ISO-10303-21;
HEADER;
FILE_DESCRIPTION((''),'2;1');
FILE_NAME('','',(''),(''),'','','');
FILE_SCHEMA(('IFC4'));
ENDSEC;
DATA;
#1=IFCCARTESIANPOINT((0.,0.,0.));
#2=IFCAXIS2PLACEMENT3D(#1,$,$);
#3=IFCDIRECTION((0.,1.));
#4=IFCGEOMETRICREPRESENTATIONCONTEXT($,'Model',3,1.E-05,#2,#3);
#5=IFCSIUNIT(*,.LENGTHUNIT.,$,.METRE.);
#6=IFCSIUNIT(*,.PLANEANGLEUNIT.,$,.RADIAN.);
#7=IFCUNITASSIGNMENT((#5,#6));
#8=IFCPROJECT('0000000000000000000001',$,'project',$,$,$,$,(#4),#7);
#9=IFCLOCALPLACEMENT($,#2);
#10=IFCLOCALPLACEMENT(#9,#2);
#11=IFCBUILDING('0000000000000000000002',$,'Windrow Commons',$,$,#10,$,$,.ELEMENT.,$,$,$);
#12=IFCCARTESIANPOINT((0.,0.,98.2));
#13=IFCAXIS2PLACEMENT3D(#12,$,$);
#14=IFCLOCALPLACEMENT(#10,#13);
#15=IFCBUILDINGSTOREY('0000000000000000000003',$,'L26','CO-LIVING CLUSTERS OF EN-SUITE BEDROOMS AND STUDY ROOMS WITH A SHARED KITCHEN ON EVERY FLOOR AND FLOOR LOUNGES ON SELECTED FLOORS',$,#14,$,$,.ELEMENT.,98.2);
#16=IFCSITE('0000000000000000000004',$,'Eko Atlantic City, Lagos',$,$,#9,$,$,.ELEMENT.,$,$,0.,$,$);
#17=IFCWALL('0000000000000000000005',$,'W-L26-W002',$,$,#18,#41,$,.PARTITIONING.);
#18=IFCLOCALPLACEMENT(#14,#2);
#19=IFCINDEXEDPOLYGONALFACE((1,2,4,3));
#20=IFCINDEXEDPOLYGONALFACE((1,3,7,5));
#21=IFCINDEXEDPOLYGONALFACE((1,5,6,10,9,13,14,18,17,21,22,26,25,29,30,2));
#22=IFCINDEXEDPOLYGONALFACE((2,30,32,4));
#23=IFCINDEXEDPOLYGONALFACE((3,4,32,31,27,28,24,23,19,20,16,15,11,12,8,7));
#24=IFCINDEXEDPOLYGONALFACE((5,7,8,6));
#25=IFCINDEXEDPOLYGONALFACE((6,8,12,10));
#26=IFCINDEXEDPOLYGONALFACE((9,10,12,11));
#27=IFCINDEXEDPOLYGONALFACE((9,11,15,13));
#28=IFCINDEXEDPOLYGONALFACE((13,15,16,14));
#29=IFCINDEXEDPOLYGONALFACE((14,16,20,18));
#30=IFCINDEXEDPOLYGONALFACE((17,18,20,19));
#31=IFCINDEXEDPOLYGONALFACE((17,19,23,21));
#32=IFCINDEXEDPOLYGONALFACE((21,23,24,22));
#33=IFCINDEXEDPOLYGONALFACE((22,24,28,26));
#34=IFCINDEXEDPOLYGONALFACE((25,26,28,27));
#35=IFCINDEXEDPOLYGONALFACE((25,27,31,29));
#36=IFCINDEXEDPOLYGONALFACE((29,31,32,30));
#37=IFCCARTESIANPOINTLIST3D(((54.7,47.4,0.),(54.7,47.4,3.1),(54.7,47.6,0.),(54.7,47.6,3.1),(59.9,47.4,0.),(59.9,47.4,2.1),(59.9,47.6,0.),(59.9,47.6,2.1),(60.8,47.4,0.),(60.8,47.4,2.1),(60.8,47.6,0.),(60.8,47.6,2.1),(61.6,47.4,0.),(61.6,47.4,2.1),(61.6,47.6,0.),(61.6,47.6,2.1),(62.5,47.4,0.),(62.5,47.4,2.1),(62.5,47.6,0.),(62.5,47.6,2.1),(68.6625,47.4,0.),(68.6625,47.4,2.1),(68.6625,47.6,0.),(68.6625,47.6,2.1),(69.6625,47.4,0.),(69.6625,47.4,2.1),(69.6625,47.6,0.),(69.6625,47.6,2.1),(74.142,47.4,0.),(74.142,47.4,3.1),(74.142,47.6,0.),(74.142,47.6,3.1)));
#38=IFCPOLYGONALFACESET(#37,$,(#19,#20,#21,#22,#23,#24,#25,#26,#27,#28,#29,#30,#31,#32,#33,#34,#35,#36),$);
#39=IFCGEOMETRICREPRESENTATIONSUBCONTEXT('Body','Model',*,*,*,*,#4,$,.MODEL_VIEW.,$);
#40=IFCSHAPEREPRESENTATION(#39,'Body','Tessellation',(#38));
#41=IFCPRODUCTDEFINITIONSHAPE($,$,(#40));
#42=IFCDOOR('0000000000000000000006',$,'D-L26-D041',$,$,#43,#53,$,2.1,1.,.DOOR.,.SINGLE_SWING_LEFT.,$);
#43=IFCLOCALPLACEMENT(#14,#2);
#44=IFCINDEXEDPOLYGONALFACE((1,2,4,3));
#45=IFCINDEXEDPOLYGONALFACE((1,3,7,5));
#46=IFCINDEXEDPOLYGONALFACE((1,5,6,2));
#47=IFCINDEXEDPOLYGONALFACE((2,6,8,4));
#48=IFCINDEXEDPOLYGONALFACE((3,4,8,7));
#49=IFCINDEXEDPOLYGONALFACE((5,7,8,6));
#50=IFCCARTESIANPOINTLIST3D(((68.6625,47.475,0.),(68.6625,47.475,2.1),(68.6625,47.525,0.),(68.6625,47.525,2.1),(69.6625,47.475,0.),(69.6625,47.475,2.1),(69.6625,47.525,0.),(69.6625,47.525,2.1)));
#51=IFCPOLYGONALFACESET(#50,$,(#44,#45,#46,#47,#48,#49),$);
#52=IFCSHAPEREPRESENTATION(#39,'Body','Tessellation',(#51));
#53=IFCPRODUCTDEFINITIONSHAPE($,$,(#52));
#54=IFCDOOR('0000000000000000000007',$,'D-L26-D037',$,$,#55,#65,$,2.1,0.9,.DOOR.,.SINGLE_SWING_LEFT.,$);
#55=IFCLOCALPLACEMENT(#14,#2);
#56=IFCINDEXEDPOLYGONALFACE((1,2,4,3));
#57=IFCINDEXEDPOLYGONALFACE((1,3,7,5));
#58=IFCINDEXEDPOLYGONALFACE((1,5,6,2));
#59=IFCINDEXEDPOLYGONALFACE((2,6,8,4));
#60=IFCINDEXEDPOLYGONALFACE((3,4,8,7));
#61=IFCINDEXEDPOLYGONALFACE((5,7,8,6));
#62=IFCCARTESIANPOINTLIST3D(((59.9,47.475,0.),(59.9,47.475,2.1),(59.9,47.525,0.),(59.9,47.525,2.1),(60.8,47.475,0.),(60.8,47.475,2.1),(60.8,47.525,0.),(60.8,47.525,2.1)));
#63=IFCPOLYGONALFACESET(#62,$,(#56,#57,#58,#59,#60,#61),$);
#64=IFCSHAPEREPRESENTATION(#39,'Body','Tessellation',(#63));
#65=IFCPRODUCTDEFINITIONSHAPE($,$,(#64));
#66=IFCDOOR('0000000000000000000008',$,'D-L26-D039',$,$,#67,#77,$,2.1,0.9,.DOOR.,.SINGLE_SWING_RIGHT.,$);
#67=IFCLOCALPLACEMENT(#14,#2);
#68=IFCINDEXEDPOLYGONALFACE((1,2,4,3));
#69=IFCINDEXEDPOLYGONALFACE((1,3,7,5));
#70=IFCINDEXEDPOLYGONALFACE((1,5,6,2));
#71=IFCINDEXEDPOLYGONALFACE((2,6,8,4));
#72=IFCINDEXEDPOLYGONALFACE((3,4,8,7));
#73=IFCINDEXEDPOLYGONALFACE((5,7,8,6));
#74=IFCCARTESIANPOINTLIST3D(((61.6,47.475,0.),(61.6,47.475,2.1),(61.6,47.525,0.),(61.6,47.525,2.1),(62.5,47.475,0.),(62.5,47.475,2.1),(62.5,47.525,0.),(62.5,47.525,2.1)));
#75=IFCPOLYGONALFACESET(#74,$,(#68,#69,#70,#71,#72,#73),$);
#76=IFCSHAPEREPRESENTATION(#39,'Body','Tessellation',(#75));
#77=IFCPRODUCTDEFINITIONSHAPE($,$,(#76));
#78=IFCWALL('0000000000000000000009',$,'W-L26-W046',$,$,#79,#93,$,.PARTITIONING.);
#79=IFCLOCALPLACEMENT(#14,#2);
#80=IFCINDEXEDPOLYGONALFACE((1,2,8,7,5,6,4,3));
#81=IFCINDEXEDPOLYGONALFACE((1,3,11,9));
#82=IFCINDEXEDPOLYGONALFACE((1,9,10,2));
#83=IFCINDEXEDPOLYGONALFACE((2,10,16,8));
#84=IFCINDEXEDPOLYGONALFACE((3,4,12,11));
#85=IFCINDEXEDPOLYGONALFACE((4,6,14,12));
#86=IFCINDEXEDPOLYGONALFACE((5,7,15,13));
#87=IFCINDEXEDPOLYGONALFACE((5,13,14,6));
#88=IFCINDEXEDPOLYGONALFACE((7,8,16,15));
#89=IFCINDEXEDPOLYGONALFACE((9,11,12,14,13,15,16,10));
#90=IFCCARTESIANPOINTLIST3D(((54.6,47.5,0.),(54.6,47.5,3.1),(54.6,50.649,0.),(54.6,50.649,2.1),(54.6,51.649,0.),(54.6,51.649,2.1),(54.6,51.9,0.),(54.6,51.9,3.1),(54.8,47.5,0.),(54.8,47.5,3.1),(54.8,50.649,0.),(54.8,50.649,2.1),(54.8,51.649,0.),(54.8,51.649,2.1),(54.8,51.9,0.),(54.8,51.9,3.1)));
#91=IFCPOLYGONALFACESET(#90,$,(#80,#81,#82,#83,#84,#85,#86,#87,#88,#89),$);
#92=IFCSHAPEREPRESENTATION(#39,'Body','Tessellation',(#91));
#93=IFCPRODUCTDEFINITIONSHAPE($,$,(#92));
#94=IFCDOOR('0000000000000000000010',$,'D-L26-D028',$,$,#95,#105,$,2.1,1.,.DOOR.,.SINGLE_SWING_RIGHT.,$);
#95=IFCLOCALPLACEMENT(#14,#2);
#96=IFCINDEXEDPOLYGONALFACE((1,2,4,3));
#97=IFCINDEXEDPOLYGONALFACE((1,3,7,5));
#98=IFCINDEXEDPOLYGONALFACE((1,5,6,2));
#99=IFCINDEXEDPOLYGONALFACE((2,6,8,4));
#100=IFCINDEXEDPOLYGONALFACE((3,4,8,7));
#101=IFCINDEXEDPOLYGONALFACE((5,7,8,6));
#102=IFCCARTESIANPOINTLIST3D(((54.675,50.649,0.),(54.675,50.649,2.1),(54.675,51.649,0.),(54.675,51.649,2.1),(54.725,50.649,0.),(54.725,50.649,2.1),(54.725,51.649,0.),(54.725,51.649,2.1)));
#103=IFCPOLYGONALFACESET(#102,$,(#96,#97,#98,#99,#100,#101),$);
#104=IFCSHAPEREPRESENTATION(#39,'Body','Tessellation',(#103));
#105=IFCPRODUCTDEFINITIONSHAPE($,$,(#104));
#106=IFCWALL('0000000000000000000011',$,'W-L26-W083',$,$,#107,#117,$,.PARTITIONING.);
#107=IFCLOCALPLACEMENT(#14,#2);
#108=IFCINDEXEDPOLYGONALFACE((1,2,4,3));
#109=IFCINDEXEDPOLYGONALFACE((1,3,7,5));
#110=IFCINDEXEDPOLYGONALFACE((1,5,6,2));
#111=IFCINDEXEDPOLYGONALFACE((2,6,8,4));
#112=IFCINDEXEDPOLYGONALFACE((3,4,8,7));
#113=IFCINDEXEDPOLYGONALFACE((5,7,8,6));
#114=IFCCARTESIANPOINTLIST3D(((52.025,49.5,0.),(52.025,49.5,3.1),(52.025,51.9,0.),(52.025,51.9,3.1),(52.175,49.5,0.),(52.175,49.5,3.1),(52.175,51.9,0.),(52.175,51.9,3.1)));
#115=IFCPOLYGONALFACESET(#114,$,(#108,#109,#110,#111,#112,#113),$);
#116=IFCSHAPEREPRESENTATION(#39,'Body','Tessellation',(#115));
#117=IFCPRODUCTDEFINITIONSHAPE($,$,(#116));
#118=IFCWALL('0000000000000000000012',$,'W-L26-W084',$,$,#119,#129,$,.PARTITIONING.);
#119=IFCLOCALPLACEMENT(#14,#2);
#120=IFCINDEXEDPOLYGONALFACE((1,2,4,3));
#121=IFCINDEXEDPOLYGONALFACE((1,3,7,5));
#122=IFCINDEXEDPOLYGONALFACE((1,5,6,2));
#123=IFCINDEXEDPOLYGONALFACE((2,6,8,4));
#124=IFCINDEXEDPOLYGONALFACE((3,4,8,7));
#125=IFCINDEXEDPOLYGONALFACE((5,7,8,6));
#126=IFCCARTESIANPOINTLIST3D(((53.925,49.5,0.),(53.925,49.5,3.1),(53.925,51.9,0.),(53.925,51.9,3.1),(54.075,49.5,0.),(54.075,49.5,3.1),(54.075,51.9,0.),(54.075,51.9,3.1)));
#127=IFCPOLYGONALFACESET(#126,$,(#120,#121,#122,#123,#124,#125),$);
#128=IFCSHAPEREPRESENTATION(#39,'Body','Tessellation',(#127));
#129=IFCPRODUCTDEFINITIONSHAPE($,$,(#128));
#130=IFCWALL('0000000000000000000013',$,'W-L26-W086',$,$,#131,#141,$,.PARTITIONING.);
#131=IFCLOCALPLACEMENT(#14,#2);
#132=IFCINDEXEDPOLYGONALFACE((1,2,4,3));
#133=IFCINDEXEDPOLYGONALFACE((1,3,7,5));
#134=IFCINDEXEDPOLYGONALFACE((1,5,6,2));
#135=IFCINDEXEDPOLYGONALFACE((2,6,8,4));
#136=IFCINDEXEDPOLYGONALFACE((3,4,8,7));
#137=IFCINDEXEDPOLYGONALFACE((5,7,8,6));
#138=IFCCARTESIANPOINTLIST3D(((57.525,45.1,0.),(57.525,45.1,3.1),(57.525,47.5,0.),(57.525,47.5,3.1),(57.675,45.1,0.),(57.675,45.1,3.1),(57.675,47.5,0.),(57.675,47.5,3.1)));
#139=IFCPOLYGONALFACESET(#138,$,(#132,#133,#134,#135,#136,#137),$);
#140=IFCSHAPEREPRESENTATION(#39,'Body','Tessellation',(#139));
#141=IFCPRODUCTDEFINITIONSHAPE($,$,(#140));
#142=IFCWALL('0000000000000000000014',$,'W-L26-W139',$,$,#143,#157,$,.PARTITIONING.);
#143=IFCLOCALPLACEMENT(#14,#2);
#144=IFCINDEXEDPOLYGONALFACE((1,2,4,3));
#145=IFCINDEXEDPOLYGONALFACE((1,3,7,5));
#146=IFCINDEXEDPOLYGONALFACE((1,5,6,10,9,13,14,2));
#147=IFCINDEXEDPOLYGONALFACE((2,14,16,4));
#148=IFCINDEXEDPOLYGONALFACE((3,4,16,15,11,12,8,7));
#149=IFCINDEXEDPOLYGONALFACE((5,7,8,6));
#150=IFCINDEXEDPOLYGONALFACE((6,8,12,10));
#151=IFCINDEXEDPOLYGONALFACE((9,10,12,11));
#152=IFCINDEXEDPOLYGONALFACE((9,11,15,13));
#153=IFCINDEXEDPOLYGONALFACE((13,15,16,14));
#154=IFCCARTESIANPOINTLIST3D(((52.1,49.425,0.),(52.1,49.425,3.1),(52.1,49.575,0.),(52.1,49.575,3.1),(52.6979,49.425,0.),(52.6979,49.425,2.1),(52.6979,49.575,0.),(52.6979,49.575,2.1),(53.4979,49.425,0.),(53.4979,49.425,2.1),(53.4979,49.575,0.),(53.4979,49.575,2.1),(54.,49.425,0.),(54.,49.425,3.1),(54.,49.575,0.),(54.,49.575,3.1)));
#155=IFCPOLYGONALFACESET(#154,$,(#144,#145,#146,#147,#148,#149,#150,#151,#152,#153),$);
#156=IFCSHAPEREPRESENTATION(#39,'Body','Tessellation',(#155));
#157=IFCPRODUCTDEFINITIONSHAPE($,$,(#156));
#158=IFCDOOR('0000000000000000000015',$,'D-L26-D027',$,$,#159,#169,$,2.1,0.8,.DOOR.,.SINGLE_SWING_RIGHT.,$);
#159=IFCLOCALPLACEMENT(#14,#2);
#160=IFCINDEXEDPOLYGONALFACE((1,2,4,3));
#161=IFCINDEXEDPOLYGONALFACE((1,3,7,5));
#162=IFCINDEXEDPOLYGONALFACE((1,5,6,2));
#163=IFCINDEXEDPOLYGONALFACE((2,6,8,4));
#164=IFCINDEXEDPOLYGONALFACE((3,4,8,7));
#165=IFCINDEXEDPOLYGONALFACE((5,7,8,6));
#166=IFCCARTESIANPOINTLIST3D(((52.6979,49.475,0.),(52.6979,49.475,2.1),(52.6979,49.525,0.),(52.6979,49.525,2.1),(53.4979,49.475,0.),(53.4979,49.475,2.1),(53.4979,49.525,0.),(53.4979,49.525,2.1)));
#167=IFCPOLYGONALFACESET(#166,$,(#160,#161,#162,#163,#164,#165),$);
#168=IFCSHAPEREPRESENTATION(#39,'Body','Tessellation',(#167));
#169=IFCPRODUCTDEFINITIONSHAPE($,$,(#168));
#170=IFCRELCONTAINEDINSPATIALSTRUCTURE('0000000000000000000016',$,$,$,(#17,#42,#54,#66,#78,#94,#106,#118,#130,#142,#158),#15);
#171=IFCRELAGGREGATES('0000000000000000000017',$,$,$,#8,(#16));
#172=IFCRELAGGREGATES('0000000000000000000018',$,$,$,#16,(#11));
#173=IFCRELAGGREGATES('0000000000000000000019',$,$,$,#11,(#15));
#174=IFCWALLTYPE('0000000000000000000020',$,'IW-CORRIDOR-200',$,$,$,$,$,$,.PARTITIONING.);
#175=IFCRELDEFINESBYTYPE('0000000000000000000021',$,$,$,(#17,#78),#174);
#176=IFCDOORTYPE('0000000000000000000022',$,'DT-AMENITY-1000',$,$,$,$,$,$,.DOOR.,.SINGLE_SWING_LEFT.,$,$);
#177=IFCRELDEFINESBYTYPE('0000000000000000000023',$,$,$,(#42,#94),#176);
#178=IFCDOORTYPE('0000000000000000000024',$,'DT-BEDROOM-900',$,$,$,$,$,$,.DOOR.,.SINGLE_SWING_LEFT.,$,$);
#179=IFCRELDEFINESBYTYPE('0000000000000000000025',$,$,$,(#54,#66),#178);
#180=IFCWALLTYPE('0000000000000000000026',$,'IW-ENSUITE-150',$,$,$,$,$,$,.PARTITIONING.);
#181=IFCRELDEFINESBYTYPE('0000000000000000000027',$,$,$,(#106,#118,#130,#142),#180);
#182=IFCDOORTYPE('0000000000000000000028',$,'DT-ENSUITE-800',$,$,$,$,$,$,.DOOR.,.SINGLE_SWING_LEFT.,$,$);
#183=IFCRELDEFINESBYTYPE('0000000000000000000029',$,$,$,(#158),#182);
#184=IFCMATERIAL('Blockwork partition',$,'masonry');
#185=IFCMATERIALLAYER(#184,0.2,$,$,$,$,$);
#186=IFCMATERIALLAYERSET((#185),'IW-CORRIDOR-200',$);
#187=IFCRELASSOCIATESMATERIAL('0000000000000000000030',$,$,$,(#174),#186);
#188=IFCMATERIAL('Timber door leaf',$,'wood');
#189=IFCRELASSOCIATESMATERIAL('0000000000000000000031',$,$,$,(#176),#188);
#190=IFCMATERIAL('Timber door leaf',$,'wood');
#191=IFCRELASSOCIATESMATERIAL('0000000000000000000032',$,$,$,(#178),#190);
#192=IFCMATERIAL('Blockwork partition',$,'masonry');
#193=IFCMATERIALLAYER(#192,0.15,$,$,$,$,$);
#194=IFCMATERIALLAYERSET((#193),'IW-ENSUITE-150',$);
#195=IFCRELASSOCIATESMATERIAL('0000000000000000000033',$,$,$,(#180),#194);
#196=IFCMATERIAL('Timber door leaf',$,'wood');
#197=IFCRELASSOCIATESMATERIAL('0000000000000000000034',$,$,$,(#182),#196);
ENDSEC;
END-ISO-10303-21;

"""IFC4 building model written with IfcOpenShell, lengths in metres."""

from ifc_helpers import new_model, si_unit, direction, frame, frame_2d, origin, place, context, subcontext, project, spatial, rectangle, extrude, material, layer, layer_set, type_object, element, fill, save


model = new_model("IFC4")

# Units and contexts
model_context = context("Model", 3, precision=1e-05, world=origin(), true_north=direction((0.0, 1.0)))
body_context = subcontext(model_context, "Body", "Model", "MODEL_VIEW")
ifc_project = project(units=[si_unit("LENGTHUNIT", "METRE"), si_unit("PLANEANGLEUNIT", "RADIAN")], contexts=[model_context])

# Site, building, storey
site_placement = place(None, origin())
site = spatial("IfcSite", under=ifc_project, at=site_placement, Name="Eko Atlantic City, Lagos", CompositionType="ELEMENT", RefElevation=0.0)
building_placement = place(site_placement, origin())
building = spatial("IfcBuilding", under=site, at=building_placement, Name="Windrow Commons", CompositionType="ELEMENT")
storey_placement = place(building_placement, frame((0.0, 0.0, 98.2)))
storey = spatial("IfcBuildingStorey", under=building, at=storey_placement, Name="L26", Description="CO-LIVING CLUSTERS OF EN-SUITE BEDROOMS AND STUDY ROOMS WITH A SHARED KITCHEN ON EVERY FLOOR AND FLOOR LOUNGES ON SELECTED FLOORS", CompositionType="ELEMENT", Elevation=98.2)

# Wall, openings, doors
ifc_material_1 = material(Name="Blockwork partition", Category="masonry")
ifc_layer_1 = layer(ifc_material_1, 0.2)
ifc_layer_set_1 = layer_set([ifc_layer_1], Name="IW-CORRIDOR-200")
wall_type_1 = type_object("IfcWallType", Name="IW-CORRIDOR-200", PredefinedType="PARTITIONING", material=ifc_layer_set_1)
wall_1_placement = place(storey_placement, frame((54.7, 47.5, 0.0), z_axis=(0.0, 0.0, 1.0), x_axis=(1.0, 0.0, 0.0)))
wall_1 = element("IfcWall", 1, at=wall_1_placement, inside=storey, type_object=wall_type_1, Name="W-L26-W002", PredefinedType="PARTITIONING", context=body_context, shape_type="SweptSolid", body=[
    extrude(rectangle(XDim=19.442, YDim=0.2, at=frame_2d((9.721, 0.0))), origin(), (0.0, 0.0, 1.0), 3.1),
])
opening_1_placement = place(wall_1_placement, frame((5.2, 0.0, 0.0)))
opening_1 = element("IfcOpeningElement", 2, at=opening_1_placement, cuts=wall_1, PredefinedType="OPENING", context=body_context, shape_type="SweptSolid", body=[
    extrude(rectangle(XDim=0.9, YDim=2.1, at=frame_2d((0.45, 1.05))), frame((0.0, 0.11, 0.0), z_axis=(0.0, -1.0, 0.0), x_axis=(1.0, 0.0, 0.0)), (0.0, 0.0, 1.0), 0.22),
])
opening_2_placement = place(wall_1_placement, frame((6.9, 0.0, 0.0)))
opening_2 = element("IfcOpeningElement", 3, at=opening_2_placement, cuts=wall_1, PredefinedType="OPENING", context=body_context, shape_type="SweptSolid", body=[
    extrude(rectangle(XDim=0.9, YDim=2.1, at=frame_2d((0.45, 1.05))), frame((0.0, 0.11, 0.0), z_axis=(0.0, -1.0, 0.0), x_axis=(1.0, 0.0, 0.0)), (0.0, 0.0, 1.0), 0.22),
])
opening_3_placement = place(wall_1_placement, frame((13.9625, 0.0, 0.0)))
opening_3 = element("IfcOpeningElement", 4, at=opening_3_placement, cuts=wall_1, PredefinedType="OPENING", context=body_context, shape_type="SweptSolid", body=[
    extrude(rectangle(XDim=1.0, YDim=2.1, at=frame_2d((0.5, 1.05))), frame((0.0, 0.11, 0.0), z_axis=(0.0, -1.0, 0.0), x_axis=(1.0, 0.0, 0.0)), (0.0, 0.0, 1.0), 0.22),
])
ifc_material_2 = material(Name="Timber door leaf", Category="wood")
door_type_1 = type_object("IfcDoorType", Name="DT-AMENITY-1000", OperationType="SINGLE_SWING_LEFT", PredefinedType="DOOR", material=ifc_material_2)
door_1_placement = place(opening_3_placement, origin())
door_1 = element("IfcDoor", 5, at=door_1_placement, inside=storey, type_object=door_type_1, Name="D-L26-D041", OperationType="SINGLE_SWING_LEFT", OverallHeight=2.1, OverallWidth=1.0, PredefinedType="DOOR", context=body_context, shape_type="SweptSolid", body=[
    extrude(rectangle(XDim=1.0, YDim=2.1, at=frame_2d((0.5, 1.05))), frame((0.0, 0.025, 0.0), z_axis=(0.0, -1.0, 0.0), x_axis=(1.0, 0.0, 0.0)), (0.0, 0.0, 1.0), 0.05),
])
fill(opening_3, door_1)
ifc_material_3 = material(Name="Timber door leaf", Category="wood")
door_type_2 = type_object("IfcDoorType", Name="DT-BEDROOM-900", OperationType="SINGLE_SWING_LEFT", PredefinedType="DOOR", material=ifc_material_3)
door_2_placement = place(opening_1_placement, origin())
door_2 = element("IfcDoor", 6, at=door_2_placement, inside=storey, type_object=door_type_2, Name="D-L26-D037", OperationType="SINGLE_SWING_LEFT", OverallHeight=2.1, OverallWidth=0.9, PredefinedType="DOOR", context=body_context, shape_type="SweptSolid", body=[
    extrude(rectangle(XDim=0.9, YDim=2.1, at=frame_2d((0.45, 1.05))), frame((0.0, 0.025, 0.0), z_axis=(0.0, -1.0, 0.0), x_axis=(1.0, 0.0, 0.0)), (0.0, 0.0, 1.0), 0.05),
])
fill(opening_1, door_2)
door_3_placement = place(opening_2_placement, origin())
door_3 = element("IfcDoor", 7, at=door_3_placement, inside=storey, type_object=door_type_2, Name="D-L26-D039", OperationType="SINGLE_SWING_RIGHT", OverallHeight=2.1, OverallWidth=0.9, PredefinedType="DOOR", context=body_context, shape_type="SweptSolid", body=[
    extrude(rectangle(XDim=0.9, YDim=2.1, at=frame_2d((0.45, 1.05))), frame((0.0, 0.025, 0.0), z_axis=(0.0, -1.0, 0.0), x_axis=(1.0, 0.0, 0.0)), (0.0, 0.0, 1.0), 0.05),
])
fill(opening_2, door_3)

# Wall, opening, door
wall_2_placement = place(storey_placement, frame((54.7, 47.5, 0.0), z_axis=(0.0, 0.0, 1.0), x_axis=(0.0, 1.0, 0.0)))
wall_2 = element("IfcWall", 8, at=wall_2_placement, inside=storey, type_object=wall_type_1, Name="W-L26-W046", PredefinedType="PARTITIONING", context=body_context, shape_type="SweptSolid", body=[
    extrude(rectangle(XDim=4.4, YDim=0.2, at=frame_2d((2.2, 0.0))), origin(), (0.0, 0.0, 1.0), 3.1),
])
opening_4_placement = place(wall_2_placement, frame((3.149, 0.0, 0.0)))
opening_4 = element("IfcOpeningElement", 9, at=opening_4_placement, cuts=wall_2, PredefinedType="OPENING", context=body_context, shape_type="SweptSolid", body=[
    extrude(rectangle(XDim=1.0, YDim=2.1, at=frame_2d((0.5, 1.05))), frame((0.0, 0.11, 0.0), z_axis=(0.0, -1.0, 0.0), x_axis=(1.0, 0.0, 0.0)), (0.0, 0.0, 1.0), 0.22),
])
door_4_placement = place(opening_4_placement, origin())
door_4 = element("IfcDoor", 10, at=door_4_placement, inside=storey, type_object=door_type_1, Name="D-L26-D028", OperationType="SINGLE_SWING_RIGHT", OverallHeight=2.1, OverallWidth=1.0, PredefinedType="DOOR", context=body_context, shape_type="SweptSolid", body=[
    extrude(rectangle(XDim=1.0, YDim=2.1, at=frame_2d((0.5, 1.05))), frame((0.0, 0.025, 0.0), z_axis=(0.0, -1.0, 0.0), x_axis=(1.0, 0.0, 0.0)), (0.0, 0.0, 1.0), 0.05),
])
fill(opening_4, door_4)

# Walls
ifc_material_4 = material(Name="Blockwork partition", Category="masonry")
ifc_layer_2 = layer(ifc_material_4, 0.15)
ifc_layer_set_2 = layer_set([ifc_layer_2], Name="IW-ENSUITE-150")
wall_type_2 = type_object("IfcWallType", Name="IW-ENSUITE-150", PredefinedType="PARTITIONING", material=ifc_layer_set_2)
for number, where, z_axis, x_axis, name in (
    (11, (52.1, 49.5, 0.0), (0.0, 0.0, 1.0), (0.0, 1.0, 0.0), "W-L26-W083"),
    (12, (54.0, 49.5, 0.0), (0.0, 0.0, 1.0), (0.0, 1.0, 0.0), "W-L26-W084"),
    (13, (57.6, 45.1, 0.0), (0.0, 0.0, 1.0), (0.0, 1.0, 0.0), "W-L26-W086"),
):
    element("IfcWall", number, at=place(storey_placement, frame(where, z_axis=z_axis, x_axis=x_axis)), inside=storey, type_object=wall_type_2, Name=name, PredefinedType="PARTITIONING", context=body_context, shape_type="SweptSolid", body=[
        extrude(rectangle(XDim=2.4, YDim=0.15, at=frame_2d((1.2, 0.0))), origin(), (0.0, 0.0, 1.0), 3.1),
    ])

# Wall, opening, door
wall_3_placement = place(storey_placement, frame((52.1, 49.5, 0.0), z_axis=(0.0, 0.0, 1.0), x_axis=(1.0, 0.0, 0.0)))
wall_3 = element("IfcWall", 14, at=wall_3_placement, inside=storey, type_object=wall_type_2, Name="W-L26-W139", PredefinedType="PARTITIONING", context=body_context, shape_type="SweptSolid", body=[
    extrude(rectangle(XDim=1.9, YDim=0.15, at=frame_2d((0.95, 0.0))), origin(), (0.0, 0.0, 1.0), 3.1),
])
opening_5_placement = place(wall_3_placement, frame((0.5979, 0.0, 0.0)))
opening_5 = element("IfcOpeningElement", 15, at=opening_5_placement, cuts=wall_3, PredefinedType="OPENING", context=body_context, shape_type="SweptSolid", body=[
    extrude(rectangle(XDim=0.8, YDim=2.1, at=frame_2d((0.4, 1.05))), frame((0.0, 0.085, 0.0), z_axis=(0.0, -1.0, 0.0), x_axis=(1.0, 0.0, 0.0)), (0.0, 0.0, 1.0), 0.17),
])
ifc_material_5 = material(Name="Timber door leaf", Category="wood")
door_type_3 = type_object("IfcDoorType", Name="DT-ENSUITE-800", OperationType="SINGLE_SWING_LEFT", PredefinedType="DOOR", material=ifc_material_5)
door_5_placement = place(opening_5_placement, origin())
door_5 = element("IfcDoor", 16, at=door_5_placement, inside=storey, type_object=door_type_3, Name="D-L26-D027", OperationType="SINGLE_SWING_RIGHT", OverallHeight=2.1, OverallWidth=0.8, PredefinedType="DOOR", context=body_context, shape_type="SweptSolid", body=[
    extrude(rectangle(XDim=0.8, YDim=2.1, at=frame_2d((0.4, 1.05))), frame((0.0, 0.025, 0.0), z_axis=(0.0, -1.0, 0.0), x_axis=(1.0, 0.0, 0.0)), (0.0, 0.0, 1.0), 0.05),
])
fill(opening_5, door_5)

save(model, "model.ifc")
